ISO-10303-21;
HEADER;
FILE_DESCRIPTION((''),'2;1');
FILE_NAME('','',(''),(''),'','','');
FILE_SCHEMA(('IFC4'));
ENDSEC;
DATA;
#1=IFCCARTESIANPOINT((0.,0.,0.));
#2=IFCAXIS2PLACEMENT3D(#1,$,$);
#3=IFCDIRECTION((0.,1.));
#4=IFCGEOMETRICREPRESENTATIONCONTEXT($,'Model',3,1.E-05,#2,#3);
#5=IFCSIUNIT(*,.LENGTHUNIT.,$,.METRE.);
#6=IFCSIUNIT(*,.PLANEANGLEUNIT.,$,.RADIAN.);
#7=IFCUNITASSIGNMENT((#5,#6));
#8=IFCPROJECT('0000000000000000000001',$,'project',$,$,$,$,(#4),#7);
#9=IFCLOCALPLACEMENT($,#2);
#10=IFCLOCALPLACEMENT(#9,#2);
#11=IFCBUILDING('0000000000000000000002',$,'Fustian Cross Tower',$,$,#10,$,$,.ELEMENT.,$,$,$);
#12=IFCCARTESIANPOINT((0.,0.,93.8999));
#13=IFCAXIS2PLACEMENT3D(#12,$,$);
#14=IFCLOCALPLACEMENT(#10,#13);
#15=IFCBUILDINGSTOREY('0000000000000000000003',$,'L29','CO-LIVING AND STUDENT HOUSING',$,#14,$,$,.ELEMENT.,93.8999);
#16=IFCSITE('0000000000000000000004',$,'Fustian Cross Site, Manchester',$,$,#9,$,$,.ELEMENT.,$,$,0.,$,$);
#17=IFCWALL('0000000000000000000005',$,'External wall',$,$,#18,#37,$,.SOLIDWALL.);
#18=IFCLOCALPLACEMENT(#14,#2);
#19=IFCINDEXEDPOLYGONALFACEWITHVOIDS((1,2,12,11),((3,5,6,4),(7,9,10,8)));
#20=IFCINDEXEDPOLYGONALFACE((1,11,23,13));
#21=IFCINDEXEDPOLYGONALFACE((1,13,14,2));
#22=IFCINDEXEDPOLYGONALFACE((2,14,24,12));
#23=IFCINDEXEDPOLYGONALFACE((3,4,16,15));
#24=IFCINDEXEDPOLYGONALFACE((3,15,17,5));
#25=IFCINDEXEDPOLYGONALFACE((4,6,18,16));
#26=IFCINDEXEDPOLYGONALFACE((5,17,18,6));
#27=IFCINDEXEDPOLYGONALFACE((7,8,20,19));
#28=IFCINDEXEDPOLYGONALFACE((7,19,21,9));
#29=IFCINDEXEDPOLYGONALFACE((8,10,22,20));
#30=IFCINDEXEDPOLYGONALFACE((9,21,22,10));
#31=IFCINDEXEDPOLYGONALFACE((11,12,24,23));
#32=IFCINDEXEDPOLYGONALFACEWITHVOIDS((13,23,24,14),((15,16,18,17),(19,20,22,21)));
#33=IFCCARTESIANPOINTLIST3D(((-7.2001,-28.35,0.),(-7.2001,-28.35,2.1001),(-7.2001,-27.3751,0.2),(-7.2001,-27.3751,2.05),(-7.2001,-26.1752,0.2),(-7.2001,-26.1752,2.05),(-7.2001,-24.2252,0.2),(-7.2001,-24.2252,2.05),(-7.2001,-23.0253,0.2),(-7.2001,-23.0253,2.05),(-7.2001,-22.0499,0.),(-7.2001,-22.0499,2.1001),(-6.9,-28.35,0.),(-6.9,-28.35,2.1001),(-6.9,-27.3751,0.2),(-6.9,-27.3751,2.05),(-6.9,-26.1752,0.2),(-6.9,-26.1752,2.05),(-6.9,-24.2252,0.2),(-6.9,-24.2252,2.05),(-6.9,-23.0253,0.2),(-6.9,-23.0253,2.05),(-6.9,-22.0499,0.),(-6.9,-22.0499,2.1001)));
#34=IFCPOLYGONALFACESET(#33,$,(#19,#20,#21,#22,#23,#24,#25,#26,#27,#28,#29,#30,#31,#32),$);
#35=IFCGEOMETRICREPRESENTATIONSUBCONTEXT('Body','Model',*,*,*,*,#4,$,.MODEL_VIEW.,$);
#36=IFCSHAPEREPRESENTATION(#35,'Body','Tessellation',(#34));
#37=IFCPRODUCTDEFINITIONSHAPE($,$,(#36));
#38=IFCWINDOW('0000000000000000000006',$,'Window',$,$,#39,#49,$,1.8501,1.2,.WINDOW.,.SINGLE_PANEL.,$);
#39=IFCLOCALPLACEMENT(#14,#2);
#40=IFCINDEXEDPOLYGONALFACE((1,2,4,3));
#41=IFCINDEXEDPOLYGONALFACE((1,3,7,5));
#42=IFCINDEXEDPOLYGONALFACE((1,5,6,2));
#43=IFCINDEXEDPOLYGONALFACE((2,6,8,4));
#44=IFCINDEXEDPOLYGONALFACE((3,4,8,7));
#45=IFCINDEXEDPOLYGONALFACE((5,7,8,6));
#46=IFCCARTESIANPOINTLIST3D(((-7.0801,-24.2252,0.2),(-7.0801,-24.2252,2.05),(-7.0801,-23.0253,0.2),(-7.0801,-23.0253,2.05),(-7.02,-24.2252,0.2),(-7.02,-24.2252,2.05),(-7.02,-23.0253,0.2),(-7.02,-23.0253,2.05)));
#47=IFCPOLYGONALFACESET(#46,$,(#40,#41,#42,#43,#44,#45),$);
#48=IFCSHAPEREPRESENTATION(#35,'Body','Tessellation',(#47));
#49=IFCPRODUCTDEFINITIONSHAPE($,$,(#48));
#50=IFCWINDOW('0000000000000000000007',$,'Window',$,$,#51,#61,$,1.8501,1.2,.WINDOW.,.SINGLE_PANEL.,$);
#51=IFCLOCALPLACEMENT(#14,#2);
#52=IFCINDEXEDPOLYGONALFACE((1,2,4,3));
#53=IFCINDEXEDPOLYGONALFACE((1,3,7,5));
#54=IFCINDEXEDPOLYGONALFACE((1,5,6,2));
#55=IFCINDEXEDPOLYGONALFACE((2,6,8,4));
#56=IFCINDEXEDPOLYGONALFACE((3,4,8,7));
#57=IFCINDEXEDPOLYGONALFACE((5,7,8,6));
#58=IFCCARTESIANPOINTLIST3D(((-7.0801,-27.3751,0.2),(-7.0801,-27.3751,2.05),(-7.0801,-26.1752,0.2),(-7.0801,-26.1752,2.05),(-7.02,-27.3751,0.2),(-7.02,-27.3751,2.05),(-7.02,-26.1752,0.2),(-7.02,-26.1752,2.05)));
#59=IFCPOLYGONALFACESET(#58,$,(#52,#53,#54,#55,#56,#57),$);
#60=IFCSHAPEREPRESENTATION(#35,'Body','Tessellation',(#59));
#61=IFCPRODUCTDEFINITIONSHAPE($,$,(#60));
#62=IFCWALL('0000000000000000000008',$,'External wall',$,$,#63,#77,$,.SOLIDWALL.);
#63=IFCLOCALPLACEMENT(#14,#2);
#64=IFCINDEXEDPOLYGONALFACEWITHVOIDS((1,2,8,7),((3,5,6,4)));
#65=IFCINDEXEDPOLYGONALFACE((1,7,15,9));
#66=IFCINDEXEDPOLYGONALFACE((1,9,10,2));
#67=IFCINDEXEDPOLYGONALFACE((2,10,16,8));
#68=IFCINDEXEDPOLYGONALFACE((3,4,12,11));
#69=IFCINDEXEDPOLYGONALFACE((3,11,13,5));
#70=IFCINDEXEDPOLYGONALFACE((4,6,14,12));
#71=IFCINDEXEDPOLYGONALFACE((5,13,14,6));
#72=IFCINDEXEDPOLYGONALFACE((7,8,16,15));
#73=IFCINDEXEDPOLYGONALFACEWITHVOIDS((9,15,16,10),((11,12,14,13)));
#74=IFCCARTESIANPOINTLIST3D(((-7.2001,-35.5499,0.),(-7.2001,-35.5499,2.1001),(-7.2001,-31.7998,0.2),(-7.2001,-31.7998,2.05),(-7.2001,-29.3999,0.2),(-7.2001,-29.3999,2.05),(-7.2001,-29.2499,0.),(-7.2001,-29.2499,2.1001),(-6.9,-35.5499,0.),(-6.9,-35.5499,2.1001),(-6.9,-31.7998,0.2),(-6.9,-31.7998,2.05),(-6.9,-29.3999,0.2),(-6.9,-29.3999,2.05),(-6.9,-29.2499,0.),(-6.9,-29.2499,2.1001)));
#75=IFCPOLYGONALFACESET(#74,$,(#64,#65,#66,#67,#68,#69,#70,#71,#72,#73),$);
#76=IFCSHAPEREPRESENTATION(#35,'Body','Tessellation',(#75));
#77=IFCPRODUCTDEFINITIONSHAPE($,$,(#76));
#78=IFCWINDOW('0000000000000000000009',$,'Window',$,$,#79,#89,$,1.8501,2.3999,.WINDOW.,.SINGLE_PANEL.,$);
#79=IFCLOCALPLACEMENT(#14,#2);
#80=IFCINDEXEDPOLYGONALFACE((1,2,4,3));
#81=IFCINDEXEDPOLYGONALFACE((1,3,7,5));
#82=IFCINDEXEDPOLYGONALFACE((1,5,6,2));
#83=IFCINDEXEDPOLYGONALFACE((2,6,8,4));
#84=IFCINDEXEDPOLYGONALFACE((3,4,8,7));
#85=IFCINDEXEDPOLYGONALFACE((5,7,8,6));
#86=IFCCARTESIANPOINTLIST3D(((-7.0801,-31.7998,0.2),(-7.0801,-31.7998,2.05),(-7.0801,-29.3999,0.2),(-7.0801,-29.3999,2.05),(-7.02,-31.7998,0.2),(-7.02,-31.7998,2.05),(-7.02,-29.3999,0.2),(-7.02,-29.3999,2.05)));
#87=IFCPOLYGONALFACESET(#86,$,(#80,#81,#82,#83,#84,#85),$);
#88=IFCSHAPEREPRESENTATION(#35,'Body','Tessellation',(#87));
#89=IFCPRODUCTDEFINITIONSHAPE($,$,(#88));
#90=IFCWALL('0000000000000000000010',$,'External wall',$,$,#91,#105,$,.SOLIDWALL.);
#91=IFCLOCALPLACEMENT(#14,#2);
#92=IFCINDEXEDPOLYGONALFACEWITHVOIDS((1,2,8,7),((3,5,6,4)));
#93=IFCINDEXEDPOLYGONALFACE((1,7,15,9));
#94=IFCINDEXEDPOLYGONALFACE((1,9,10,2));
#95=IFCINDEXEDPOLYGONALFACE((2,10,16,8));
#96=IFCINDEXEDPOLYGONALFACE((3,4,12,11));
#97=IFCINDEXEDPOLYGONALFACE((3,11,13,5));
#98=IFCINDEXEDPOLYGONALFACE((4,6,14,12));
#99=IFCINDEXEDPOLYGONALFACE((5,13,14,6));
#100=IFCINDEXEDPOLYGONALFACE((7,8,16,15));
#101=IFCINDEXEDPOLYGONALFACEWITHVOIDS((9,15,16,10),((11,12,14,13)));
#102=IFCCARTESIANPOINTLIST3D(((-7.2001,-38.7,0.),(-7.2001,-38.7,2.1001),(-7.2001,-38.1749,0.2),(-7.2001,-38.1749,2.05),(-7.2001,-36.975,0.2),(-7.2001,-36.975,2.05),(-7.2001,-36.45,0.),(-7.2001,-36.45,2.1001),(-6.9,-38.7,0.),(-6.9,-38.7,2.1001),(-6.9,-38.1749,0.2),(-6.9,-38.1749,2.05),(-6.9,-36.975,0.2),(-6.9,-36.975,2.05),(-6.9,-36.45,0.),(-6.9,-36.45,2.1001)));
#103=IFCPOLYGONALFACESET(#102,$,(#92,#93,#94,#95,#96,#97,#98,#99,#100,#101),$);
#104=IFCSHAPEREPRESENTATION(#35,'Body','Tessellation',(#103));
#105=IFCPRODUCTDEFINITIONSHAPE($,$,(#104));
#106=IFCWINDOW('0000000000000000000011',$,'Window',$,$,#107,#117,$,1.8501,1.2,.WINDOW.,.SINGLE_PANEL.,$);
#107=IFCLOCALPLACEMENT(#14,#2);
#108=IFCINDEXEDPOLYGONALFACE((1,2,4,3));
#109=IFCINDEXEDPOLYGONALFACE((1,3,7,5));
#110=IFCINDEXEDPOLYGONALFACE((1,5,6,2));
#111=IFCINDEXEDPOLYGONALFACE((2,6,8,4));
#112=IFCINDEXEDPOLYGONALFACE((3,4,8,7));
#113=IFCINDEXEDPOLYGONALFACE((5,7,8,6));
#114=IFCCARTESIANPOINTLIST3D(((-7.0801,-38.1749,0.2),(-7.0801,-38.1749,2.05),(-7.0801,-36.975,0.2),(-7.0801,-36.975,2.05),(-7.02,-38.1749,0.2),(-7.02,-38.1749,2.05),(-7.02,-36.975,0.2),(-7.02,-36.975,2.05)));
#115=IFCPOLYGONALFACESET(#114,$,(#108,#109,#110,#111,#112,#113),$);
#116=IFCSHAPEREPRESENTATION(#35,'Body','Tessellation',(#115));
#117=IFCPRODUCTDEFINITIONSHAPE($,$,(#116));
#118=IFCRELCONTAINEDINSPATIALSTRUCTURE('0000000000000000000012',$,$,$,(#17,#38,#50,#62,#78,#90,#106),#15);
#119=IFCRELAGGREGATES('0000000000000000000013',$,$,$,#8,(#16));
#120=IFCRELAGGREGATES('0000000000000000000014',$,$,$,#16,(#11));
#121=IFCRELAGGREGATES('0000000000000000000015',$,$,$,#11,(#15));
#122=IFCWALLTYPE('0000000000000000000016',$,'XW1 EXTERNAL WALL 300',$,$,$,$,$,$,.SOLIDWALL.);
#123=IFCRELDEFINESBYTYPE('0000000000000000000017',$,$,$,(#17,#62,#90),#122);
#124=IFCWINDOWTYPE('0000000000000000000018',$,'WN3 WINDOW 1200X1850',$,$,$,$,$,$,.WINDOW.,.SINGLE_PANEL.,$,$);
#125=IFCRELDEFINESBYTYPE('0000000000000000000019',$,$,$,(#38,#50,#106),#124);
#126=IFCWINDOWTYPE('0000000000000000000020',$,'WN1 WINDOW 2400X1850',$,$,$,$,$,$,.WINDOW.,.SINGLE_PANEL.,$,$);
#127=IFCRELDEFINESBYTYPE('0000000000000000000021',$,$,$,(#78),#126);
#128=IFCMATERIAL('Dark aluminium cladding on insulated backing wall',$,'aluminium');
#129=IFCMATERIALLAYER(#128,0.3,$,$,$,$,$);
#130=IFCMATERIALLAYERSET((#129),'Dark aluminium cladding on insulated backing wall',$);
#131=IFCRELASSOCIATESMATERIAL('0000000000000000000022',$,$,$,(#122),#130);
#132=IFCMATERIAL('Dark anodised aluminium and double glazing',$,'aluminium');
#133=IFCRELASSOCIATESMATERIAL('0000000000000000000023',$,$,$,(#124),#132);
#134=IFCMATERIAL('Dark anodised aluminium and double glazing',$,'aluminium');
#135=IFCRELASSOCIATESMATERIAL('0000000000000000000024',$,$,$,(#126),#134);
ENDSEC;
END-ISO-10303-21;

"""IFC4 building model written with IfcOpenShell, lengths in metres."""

from ifc_helpers import new_model, si_unit, direction, frame, frame_2d, origin, place, context, subcontext, project, spatial, rectangle, extrude, material, layer, layer_set, type_object, element, fill, save


model = new_model("IFC4")

# Units and contexts
model_context = context("Model", 3, precision=1e-05, world=origin(), true_north=direction((0.0, 1.0)))
body_context = subcontext(model_context, "Body", "Model", "MODEL_VIEW")
ifc_project = project(units=[si_unit("LENGTHUNIT", "METRE"), si_unit("PLANEANGLEUNIT", "RADIAN")], contexts=[model_context])

# Site, building, storey
site_placement = place(None, origin())
site = spatial("IfcSite", under=ifc_project, at=site_placement, Name="Fustian Cross Site, Manchester", CompositionType="ELEMENT", RefElevation=0.0)
building_placement = place(site_placement, origin())
building = spatial("IfcBuilding", under=site, at=building_placement, Name="Fustian Cross Tower", CompositionType="ELEMENT")
storey_placement = place(building_placement, frame((0.0, 0.0, 93.8999)))
storey = spatial("IfcBuildingStorey", under=building, at=storey_placement, Name="L29", Description="CO-LIVING AND STUDENT HOUSING", CompositionType="ELEMENT", Elevation=93.8999)

# Shared definitions
ifc_material_1 = material(Name="Dark aluminium cladding on insulated backing wall", Category="aluminium")
ifc_layer_1 = layer(ifc_material_1, 0.3)
ifc_layer_set_1 = layer_set([ifc_layer_1], Name="Dark aluminium cladding on insulated backing wall")
wall_type_1 = type_object("IfcWallType", Name="XW1 EXTERNAL WALL 300", PredefinedType="SOLIDWALL", material=ifc_layer_set_1)

# Shared definitions
ifc_material_2 = material(Name="Dark anodised aluminium and double glazing", Category="aluminium")
window_type_1 = type_object("IfcWindowType", Name="WN3 WINDOW 1200X1850", PartitioningType="SINGLE_PANEL", PredefinedType="WINDOW", material=ifc_material_2)

# Wall, openings, windows
wall_1_placement = place(storey_placement, frame((-7.05, -22.05, 0.0), z_axis=(0.0, 0.0, 1.0), x_axis=(0.0, -1.0, 0.0)))
wall_1 = element("IfcWall", 1, at=wall_1_placement, inside=storey, type_object=wall_type_1, Name="External wall", PredefinedType="SOLIDWALL", context=body_context, shape_type="SweptSolid", body=[
    extrude(rectangle(XDim=6.3, YDim=0.3, at=frame_2d((3.1499, 0.0))), origin(), (0.0, 0.0, 1.0), 2.1001),
])
opening_1_placement = place(wall_1_placement, frame((0.9751, 0.0, 0.2)))
opening_1 = element("IfcOpeningElement", 2, at=opening_1_placement, cuts=wall_1, PredefinedType="OPENING", context=body_context, shape_type="SweptSolid", body=[
    extrude(rectangle(XDim=1.2, YDim=1.8501, at=frame_2d((0.6001, 0.925))), frame((0.0, 0.1599, 0.0), z_axis=(0.0, -1.0, 0.0), x_axis=(1.0, 0.0, 0.0)), (0.0, 0.0, 1.0), 0.3201),
])
opening_2_placement = place(wall_1_placement, frame((4.125, 0.0, 0.2)))
opening_2 = element("IfcOpeningElement", 3, at=opening_2_placement, cuts=wall_1, PredefinedType="OPENING", context=body_context, shape_type="SweptSolid", body=[
    extrude(rectangle(XDim=1.2, YDim=1.8501, at=frame_2d((0.6001, 0.925))), frame((0.0, 0.1599, 0.0), z_axis=(0.0, -1.0, 0.0), x_axis=(1.0, 0.0, 0.0)), (0.0, 0.0, 1.0), 0.3201),
])
window_1_placement = place(opening_1_placement, origin())
window_1 = element("IfcWindow", 4, at=window_1_placement, inside=storey, type_object=window_type_1, Name="Window", OverallHeight=1.8501, OverallWidth=1.2, PartitioningType="SINGLE_PANEL", PredefinedType="WINDOW", context=body_context, shape_type="SweptSolid", body=[
    extrude(rectangle(XDim=1.2, YDim=1.8501, at=frame_2d((0.6001, 0.925))), frame((0.0, 0.03, 0.0), z_axis=(0.0, -1.0, 0.0), x_axis=(1.0, 0.0, 0.0)), (0.0, 0.0, 1.0), 0.0601),
])
fill(opening_1, window_1)
window_2_placement = place(opening_2_placement, origin())
window_2 = element("IfcWindow", 5, at=window_2_placement, inside=storey, type_object=window_type_1, Name="Window", OverallHeight=1.8501, OverallWidth=1.2, PartitioningType="SINGLE_PANEL", PredefinedType="WINDOW", context=body_context, shape_type="SweptSolid", body=[
    extrude(rectangle(XDim=1.2, YDim=1.8501, at=frame_2d((0.6001, 0.925))), frame((0.0, 0.03, 0.0), z_axis=(0.0, -1.0, 0.0), x_axis=(1.0, 0.0, 0.0)), (0.0, 0.0, 1.0), 0.0601),
])
fill(opening_2, window_2)

# Walls, openings, windows
wall_2_placement = place(storey_placement, frame((-7.05, -29.25, 0.0), z_axis=(0.0, 0.0, 1.0), x_axis=(0.0, -1.0, 0.0)))
wall_2 = element("IfcWall", 6, at=wall_2_placement, inside=storey, type_object=wall_type_1, Name="External wall", PredefinedType="SOLIDWALL", context=body_context, shape_type="SweptSolid", body=[
    extrude(rectangle(XDim=6.3, YDim=0.3, at=frame_2d((3.1499, 0.0))), origin(), (0.0, 0.0, 1.0), 2.1001),
])
opening_3_placement = place(wall_2_placement, frame((0.1499, 0.0, 0.2)))
opening_3 = element("IfcOpeningElement", 7, at=opening_3_placement, cuts=wall_2, PredefinedType="OPENING", context=body_context, shape_type="SweptSolid", body=[
    extrude(rectangle(XDim=2.3999, YDim=1.8501, at=frame_2d((1.2, 0.925))), frame((0.0, 0.1599, 0.0), z_axis=(0.0, -1.0, 0.0), x_axis=(1.0, 0.0, 0.0)), (0.0, 0.0, 1.0), 0.3201),
])
ifc_material_3 = material(Name="Dark anodised aluminium and double glazing", Category="aluminium")
window_type_2 = type_object("IfcWindowType", Name="WN1 WINDOW 2400X1850", PartitioningType="SINGLE_PANEL", PredefinedType="WINDOW", material=ifc_material_3)
window_3_placement = place(opening_3_placement, origin())
window_3 = element("IfcWindow", 8, at=window_3_placement, inside=storey, type_object=window_type_2, Name="Window", OverallHeight=1.8501, OverallWidth=2.3999, PartitioningType="SINGLE_PANEL", PredefinedType="WINDOW", context=body_context, shape_type="SweptSolid", body=[
    extrude(rectangle(XDim=2.3999, YDim=1.8501, at=frame_2d((1.2, 0.925))), frame((0.0, 0.03, 0.0), z_axis=(0.0, -1.0, 0.0), x_axis=(1.0, 0.0, 0.0)), (0.0, 0.0, 1.0), 0.0601),
])
fill(opening_3, window_3)
wall_3_placement = place(storey_placement, frame((-7.05, -36.45, 0.0), z_axis=(0.0, 0.0, 1.0), x_axis=(0.0, -1.0, 0.0)))
wall_3 = element("IfcWall", 9, at=wall_3_placement, inside=storey, type_object=wall_type_1, Name="External wall", PredefinedType="SOLIDWALL", context=body_context, shape_type="SweptSolid", body=[
    extrude(rectangle(XDim=2.25, YDim=0.3, at=frame_2d((1.125, 0.0))), origin(), (0.0, 0.0, 1.0), 2.1001),
])
opening_4_placement = place(wall_3_placement, frame((0.5249, 0.0, 0.2)))
opening_4 = element("IfcOpeningElement", 10, at=opening_4_placement, cuts=wall_3, PredefinedType="OPENING", context=body_context, shape_type="SweptSolid", body=[
    extrude(rectangle(XDim=1.2, YDim=1.8501, at=frame_2d((0.6001, 0.925))), frame((0.0, 0.1599, 0.0), z_axis=(0.0, -1.0, 0.0), x_axis=(1.0, 0.0, 0.0)), (0.0, 0.0, 1.0), 0.3201),
])
window_4_placement = place(opening_4_placement, origin())
window_4 = element("IfcWindow", 11, at=window_4_placement, inside=storey, type_object=window_type_1, Name="Window", OverallHeight=1.8501, OverallWidth=1.2, PartitioningType="SINGLE_PANEL", PredefinedType="WINDOW", context=body_context, shape_type="SweptSolid", body=[
    extrude(rectangle(XDim=1.2, YDim=1.8501, at=frame_2d((0.6001, 0.925))), frame((0.0, 0.03, 0.0), z_axis=(0.0, -1.0, 0.0), x_axis=(1.0, 0.0, 0.0)), (0.0, 0.0, 1.0), 0.0601),
])
fill(opening_4, window_4)

save(model, "model.ifc")
